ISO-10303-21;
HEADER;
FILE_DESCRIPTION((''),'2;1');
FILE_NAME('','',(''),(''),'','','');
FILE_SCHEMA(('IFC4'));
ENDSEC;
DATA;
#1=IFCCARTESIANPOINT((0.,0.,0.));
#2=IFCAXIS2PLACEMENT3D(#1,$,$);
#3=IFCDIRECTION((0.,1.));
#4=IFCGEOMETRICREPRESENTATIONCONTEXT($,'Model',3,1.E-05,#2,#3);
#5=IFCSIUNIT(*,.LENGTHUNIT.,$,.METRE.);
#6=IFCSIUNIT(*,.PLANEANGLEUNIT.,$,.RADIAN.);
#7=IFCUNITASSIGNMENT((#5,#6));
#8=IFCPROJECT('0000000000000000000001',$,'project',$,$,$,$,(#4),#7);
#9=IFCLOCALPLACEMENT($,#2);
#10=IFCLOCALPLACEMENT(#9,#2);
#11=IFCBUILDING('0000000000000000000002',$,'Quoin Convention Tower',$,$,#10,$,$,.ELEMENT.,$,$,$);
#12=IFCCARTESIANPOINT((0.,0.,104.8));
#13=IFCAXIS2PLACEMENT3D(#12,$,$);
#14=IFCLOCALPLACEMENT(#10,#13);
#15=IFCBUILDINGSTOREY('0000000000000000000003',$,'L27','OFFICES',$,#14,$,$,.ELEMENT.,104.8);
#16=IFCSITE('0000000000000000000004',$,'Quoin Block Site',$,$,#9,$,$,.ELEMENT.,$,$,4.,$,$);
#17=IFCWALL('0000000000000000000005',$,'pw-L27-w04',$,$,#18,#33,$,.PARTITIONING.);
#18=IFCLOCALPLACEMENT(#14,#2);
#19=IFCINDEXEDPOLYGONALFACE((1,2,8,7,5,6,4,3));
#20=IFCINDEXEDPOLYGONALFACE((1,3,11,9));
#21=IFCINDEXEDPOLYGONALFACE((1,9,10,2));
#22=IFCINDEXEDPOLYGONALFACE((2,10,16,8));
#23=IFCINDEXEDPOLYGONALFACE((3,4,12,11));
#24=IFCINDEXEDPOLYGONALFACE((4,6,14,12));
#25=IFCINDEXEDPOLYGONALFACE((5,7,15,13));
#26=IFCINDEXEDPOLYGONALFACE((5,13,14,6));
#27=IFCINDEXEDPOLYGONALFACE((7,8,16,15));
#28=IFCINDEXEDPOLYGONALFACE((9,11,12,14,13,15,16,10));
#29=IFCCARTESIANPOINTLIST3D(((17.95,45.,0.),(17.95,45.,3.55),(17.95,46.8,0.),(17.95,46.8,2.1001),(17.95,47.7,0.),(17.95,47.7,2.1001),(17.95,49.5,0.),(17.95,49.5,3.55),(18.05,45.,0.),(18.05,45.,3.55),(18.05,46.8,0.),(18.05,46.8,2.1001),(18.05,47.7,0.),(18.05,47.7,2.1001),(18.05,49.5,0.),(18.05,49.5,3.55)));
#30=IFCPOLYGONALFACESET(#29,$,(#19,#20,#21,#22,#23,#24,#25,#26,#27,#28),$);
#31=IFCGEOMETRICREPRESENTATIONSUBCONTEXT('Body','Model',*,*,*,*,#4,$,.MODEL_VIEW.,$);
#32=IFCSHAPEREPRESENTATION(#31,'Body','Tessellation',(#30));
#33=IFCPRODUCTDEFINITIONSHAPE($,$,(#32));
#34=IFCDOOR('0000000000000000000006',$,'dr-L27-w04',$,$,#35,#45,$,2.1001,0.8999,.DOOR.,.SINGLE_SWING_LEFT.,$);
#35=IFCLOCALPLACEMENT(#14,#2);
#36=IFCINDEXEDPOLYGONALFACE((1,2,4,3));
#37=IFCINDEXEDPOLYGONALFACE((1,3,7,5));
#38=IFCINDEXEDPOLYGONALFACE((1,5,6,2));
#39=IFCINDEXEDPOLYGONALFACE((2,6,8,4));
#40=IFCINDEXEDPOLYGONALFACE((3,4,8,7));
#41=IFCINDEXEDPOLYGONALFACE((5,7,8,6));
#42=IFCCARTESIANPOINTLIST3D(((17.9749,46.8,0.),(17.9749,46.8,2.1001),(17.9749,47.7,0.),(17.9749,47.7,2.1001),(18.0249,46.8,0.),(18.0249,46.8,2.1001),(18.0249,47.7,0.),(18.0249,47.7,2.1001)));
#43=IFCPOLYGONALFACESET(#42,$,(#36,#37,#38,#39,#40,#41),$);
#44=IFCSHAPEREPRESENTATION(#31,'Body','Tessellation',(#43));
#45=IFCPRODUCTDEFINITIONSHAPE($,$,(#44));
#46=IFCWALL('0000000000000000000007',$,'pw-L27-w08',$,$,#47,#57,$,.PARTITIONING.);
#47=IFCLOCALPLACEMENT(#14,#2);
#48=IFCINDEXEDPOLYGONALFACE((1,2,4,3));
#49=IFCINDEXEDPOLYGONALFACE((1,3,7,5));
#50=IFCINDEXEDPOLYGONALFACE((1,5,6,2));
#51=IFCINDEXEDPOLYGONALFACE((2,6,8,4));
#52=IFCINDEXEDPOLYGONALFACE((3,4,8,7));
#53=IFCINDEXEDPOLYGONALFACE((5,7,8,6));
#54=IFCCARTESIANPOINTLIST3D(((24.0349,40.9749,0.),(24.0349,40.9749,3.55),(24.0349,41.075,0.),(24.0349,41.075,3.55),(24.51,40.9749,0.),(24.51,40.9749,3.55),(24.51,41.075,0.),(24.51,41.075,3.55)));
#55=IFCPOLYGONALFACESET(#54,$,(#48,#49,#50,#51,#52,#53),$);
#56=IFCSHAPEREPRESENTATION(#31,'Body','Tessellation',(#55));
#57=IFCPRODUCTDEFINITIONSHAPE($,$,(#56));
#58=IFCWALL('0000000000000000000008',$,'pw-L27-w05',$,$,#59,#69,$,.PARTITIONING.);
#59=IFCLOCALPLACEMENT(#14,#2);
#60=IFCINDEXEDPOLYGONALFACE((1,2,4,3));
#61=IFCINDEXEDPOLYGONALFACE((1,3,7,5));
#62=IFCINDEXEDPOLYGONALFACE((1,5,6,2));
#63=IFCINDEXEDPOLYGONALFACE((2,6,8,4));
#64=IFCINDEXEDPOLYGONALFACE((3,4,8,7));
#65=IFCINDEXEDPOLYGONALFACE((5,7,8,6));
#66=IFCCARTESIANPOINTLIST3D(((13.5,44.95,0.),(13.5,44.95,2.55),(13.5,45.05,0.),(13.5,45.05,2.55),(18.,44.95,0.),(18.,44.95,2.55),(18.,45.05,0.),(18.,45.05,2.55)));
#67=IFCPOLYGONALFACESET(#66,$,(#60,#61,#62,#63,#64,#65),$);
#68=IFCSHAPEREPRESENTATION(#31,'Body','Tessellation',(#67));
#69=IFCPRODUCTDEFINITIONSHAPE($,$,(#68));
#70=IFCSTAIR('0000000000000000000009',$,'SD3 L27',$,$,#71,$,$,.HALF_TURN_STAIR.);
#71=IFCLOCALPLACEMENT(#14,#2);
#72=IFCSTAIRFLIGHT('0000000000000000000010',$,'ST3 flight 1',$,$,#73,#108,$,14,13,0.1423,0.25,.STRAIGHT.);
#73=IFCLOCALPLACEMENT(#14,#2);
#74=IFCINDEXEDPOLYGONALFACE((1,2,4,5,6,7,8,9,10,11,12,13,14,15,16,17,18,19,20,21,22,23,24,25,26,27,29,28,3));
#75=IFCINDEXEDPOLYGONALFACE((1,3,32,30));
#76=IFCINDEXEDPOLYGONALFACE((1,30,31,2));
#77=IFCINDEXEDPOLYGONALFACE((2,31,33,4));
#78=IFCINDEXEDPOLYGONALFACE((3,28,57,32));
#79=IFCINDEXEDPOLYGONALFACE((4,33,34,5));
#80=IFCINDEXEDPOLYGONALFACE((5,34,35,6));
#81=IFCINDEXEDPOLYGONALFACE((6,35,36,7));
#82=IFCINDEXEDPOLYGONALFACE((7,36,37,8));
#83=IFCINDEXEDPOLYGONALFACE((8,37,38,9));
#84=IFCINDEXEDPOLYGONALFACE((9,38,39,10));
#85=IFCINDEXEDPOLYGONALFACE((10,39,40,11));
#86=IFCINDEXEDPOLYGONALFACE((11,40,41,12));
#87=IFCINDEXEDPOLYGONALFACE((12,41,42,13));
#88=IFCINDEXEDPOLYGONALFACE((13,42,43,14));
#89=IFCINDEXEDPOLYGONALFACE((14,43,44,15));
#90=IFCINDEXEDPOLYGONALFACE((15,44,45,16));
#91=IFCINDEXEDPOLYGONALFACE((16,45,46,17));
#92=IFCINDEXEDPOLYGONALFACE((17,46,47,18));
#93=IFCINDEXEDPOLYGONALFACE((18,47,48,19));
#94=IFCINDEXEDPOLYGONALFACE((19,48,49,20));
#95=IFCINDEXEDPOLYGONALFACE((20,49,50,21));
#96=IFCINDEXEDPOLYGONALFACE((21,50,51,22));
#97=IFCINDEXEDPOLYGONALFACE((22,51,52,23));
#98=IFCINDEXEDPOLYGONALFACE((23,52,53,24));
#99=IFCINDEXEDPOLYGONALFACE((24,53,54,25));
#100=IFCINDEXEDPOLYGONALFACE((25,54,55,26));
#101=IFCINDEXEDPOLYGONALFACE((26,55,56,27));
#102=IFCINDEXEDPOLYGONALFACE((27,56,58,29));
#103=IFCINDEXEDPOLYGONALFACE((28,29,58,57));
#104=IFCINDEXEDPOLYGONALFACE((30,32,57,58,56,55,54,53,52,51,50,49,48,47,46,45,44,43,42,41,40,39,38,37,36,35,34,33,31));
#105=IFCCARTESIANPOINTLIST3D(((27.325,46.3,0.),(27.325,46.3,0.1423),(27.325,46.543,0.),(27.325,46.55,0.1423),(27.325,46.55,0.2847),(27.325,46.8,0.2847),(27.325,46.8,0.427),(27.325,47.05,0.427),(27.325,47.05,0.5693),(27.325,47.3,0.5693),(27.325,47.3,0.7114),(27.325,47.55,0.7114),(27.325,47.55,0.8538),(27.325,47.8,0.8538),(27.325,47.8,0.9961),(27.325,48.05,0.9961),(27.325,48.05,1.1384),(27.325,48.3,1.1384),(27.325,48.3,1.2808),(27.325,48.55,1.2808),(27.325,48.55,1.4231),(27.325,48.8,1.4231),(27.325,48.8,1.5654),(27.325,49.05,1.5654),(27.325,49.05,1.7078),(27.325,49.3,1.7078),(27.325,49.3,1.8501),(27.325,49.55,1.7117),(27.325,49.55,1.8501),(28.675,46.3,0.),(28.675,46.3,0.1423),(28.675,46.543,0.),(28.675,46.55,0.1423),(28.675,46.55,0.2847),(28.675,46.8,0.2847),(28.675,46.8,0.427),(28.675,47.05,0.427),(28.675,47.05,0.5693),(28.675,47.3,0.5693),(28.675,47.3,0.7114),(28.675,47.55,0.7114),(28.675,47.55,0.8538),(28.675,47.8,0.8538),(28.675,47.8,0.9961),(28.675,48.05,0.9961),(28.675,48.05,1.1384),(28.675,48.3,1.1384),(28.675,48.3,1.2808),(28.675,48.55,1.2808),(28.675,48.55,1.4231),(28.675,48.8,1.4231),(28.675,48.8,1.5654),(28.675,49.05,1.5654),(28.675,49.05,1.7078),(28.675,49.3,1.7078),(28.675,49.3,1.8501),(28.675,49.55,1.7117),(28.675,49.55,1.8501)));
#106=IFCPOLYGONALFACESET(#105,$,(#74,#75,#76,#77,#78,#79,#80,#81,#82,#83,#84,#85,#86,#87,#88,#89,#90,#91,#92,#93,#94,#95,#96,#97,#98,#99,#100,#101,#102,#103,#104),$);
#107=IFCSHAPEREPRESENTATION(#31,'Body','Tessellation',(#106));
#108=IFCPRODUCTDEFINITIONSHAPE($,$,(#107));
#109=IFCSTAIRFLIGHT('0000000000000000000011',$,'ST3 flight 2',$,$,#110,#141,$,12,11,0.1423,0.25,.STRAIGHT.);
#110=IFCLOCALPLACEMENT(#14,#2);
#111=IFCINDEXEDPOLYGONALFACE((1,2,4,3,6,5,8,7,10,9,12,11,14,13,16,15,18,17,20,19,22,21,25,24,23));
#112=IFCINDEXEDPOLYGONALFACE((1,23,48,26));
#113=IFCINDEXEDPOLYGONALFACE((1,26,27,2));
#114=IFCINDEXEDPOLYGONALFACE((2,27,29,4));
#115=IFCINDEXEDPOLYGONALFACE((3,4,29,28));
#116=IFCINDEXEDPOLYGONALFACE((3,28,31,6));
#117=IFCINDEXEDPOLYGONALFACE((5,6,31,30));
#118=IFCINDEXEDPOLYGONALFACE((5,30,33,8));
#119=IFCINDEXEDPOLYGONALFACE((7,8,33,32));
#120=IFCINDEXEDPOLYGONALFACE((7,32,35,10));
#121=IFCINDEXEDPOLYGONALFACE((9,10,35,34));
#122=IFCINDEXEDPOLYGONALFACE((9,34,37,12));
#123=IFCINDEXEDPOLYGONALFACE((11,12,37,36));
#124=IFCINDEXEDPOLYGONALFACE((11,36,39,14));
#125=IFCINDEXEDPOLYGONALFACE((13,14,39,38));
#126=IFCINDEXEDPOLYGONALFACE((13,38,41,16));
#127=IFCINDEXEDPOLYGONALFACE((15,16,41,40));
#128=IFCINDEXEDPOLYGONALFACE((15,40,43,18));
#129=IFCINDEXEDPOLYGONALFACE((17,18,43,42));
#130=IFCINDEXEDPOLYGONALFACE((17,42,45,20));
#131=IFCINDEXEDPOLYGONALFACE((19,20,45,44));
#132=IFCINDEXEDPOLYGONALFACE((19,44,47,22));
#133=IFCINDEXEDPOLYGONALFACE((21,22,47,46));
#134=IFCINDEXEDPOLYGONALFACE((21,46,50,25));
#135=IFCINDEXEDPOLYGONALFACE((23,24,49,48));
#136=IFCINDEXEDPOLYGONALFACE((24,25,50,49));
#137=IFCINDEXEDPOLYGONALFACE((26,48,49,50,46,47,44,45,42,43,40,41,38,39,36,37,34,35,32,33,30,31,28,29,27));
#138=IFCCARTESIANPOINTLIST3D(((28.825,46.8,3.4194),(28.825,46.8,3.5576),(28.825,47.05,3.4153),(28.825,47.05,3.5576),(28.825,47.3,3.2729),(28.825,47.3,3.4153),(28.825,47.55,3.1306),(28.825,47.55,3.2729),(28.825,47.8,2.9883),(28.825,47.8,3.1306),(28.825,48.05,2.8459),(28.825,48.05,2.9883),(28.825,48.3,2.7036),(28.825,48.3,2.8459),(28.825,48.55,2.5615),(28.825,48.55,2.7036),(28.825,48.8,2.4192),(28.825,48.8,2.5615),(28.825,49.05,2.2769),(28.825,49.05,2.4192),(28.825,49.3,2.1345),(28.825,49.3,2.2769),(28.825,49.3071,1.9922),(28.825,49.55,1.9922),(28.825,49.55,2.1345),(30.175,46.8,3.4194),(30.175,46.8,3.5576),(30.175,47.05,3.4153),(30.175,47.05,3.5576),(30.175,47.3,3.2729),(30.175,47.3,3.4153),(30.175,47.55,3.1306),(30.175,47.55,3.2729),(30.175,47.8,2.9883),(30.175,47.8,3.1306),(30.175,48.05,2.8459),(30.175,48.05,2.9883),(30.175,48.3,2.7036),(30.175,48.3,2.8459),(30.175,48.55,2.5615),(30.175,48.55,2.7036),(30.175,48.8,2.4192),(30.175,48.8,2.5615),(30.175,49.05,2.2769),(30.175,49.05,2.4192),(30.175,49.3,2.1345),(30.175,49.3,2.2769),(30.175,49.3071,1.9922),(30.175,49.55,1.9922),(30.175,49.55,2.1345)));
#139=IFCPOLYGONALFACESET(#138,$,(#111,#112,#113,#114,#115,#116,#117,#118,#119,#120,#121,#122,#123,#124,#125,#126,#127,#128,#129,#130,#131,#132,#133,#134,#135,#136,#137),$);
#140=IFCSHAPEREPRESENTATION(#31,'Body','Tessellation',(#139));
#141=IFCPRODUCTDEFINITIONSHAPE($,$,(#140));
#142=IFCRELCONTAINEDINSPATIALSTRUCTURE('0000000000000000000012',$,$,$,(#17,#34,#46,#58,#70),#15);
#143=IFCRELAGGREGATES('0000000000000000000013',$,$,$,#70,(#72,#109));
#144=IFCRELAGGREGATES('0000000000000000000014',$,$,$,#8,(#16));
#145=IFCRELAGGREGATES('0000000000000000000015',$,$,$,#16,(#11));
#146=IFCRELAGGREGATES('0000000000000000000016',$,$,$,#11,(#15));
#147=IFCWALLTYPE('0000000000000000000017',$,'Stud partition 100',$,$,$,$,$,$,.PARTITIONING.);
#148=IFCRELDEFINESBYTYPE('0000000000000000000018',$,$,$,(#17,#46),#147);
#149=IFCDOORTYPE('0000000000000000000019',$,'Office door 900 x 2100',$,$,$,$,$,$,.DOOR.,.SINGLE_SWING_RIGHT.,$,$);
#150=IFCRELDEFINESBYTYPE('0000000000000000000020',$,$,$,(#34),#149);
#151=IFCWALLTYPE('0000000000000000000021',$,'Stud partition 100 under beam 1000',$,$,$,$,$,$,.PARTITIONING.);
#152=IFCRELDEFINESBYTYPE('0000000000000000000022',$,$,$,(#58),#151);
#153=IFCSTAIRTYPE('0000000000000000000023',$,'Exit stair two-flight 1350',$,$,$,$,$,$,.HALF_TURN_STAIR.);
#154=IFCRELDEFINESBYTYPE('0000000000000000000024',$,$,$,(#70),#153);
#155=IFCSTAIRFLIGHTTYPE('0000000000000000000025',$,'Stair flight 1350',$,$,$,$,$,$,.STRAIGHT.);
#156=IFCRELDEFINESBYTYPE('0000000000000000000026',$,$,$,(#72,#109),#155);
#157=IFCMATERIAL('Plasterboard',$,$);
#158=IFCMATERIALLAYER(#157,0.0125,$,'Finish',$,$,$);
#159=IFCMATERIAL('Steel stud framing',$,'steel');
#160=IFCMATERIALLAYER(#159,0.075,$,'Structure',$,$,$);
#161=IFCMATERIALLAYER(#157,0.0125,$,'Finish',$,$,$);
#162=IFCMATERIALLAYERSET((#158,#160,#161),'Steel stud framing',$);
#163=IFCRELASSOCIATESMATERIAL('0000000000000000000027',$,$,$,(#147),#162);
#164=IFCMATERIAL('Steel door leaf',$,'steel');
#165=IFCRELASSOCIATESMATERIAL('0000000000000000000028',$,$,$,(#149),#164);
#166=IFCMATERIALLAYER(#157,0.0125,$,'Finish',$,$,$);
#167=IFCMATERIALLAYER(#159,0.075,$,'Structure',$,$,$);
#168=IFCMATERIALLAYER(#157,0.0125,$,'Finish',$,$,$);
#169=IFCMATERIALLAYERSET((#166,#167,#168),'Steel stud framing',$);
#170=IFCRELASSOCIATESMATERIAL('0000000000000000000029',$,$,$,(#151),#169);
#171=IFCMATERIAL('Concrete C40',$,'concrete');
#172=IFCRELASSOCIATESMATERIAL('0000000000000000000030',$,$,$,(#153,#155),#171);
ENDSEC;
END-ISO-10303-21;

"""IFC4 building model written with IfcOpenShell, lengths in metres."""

from ifc_helpers import new_model, si_unit, direction, frame, frame_2d, origin, place, context, subcontext, project, spatial, polyline, rectangle, outline, extrude, material, layer, layer_set, type_object, element, fill, aggregate, save


model = new_model("IFC4")

# Units and contexts
model_context = context("Model", 3, precision=1e-05, world=origin(), true_north=direction((0.0, 1.0)))
body_context = subcontext(model_context, "Body", "Model", "MODEL_VIEW")
ifc_project = project(units=[si_unit("LENGTHUNIT", "METRE"), si_unit("PLANEANGLEUNIT", "RADIAN")], contexts=[model_context])

# Site, building, storey
site_placement = place(None, origin())
site = spatial("IfcSite", under=ifc_project, at=site_placement, Name="Quoin Block Site", CompositionType="ELEMENT", RefElevation=4.0)
building_placement = place(site_placement, origin())
building = spatial("IfcBuilding", under=site, at=building_placement, Name="Quoin Convention Tower", CompositionType="ELEMENT")
storey_placement = place(building_placement, frame((0.0, 0.0, 104.8)))
storey = spatial("IfcBuildingStorey", under=building, at=storey_placement, Name="L27", Description="OFFICES", CompositionType="ELEMENT", Elevation=104.8)

# Shared definitions
ifc_material_1 = material(Name="Steel door leaf", Category="steel")

# Wall, opening, door
ifc_material_2 = material(Name="Plasterboard")
ifc_layer_1 = layer(ifc_material_2, 0.0125, Name="Finish")
ifc_material_3 = material(Name="Steel stud framing", Category="steel")
ifc_layer_2 = layer(ifc_material_3, 0.075, Name="Structure")
ifc_layer_3 = layer(ifc_material_2, 0.0125, Name="Finish")
ifc_layer_set_1 = layer_set([ifc_layer_1, ifc_layer_2, ifc_layer_3], Name="Steel stud framing")
wall_type_1 = type_object("IfcWallType", Name="Stud partition 100", PredefinedType="PARTITIONING", material=ifc_layer_set_1)
wall_1_placement = place(storey_placement, frame((18.0, 49.5, 0.0), z_axis=(0.0, 0.0, 1.0), x_axis=(0.0, -1.0, 0.0)))
wall_1 = element("IfcWall", 1, at=wall_1_placement, inside=storey, type_object=wall_type_1, Name="pw-L27-w04", PredefinedType="PARTITIONING", context=body_context, shape_type="SweptSolid", body=[
    extrude(rectangle(XDim=4.5, YDim=0.1001, at=frame_2d((2.25, 0.0))), origin(), (0.0, 0.0, 1.0), 3.55),
])
opening_1_placement = place(wall_1_placement, frame((1.8, 0.0, 0.0)))
opening_1 = element("IfcOpeningElement", 2, at=opening_1_placement, cuts=wall_1, PredefinedType="OPENING", context=body_context, shape_type="SweptSolid", body=[
    extrude(rectangle(XDim=0.8999, YDim=2.1001, at=frame_2d((0.45, 1.05))), frame((0.0, 0.0601, 0.0), z_axis=(0.0, -1.0, 0.0), x_axis=(1.0, 0.0, 0.0)), (0.0, 0.0, 1.0), 0.1201),
])
door_type_1 = type_object("IfcDoorType", Name="Office door 900 x 2100", OperationType="SINGLE_SWING_RIGHT", PredefinedType="DOOR", material=ifc_material_1)
door_1_placement = place(opening_1_placement, origin())
door_1 = element("IfcDoor", 3, at=door_1_placement, inside=storey, type_object=door_type_1, Name="dr-L27-w04", OperationType="SINGLE_SWING_LEFT", OverallHeight=2.1001, OverallWidth=0.8999, PredefinedType="DOOR", context=body_context, shape_type="SweptSolid", body=[
    extrude(rectangle(XDim=0.8999, YDim=2.1001, at=frame_2d((0.45, 1.05))), frame((0.0, 0.0249, 0.0), z_axis=(0.0, -1.0, 0.0), x_axis=(1.0, 0.0, 0.0)), (0.0, 0.0, 1.0), 0.05),
])
fill(opening_1, door_1)

# Walls
wall_2_placement = place(storey_placement, frame((24.51, 41.0249, 0.0), z_axis=(0.0, 0.0, 1.0), x_axis=(-1.0, 0.0, 0.0)))
element("IfcWall", 4, at=wall_2_placement, inside=storey, type_object=wall_type_1, Name="pw-L27-w08", PredefinedType="PARTITIONING", context=body_context, shape_type="SweptSolid", body=[
    extrude(rectangle(XDim=0.4751, YDim=0.1001, at=frame_2d((0.2375, 0.0))), origin(), (0.0, 0.0, 1.0), 3.55),
])
ifc_layer_4 = layer(ifc_material_2, 0.0125, Name="Finish")
ifc_layer_5 = layer(ifc_material_3, 0.075, Name="Structure")
ifc_layer_6 = layer(ifc_material_2, 0.0125, Name="Finish")
ifc_layer_set_2 = layer_set([ifc_layer_4, ifc_layer_5, ifc_layer_6], Name="Steel stud framing")
wall_type_2 = type_object("IfcWallType", Name="Stud partition 100 under beam 1000", PredefinedType="PARTITIONING", material=ifc_layer_set_2)
wall_3_placement = place(storey_placement, frame((18.0, 45.0, 0.0), z_axis=(0.0, 0.0, 1.0), x_axis=(-1.0, 0.0, 0.0)))
element("IfcWall", 5, at=wall_3_placement, inside=storey, type_object=wall_type_2, Name="pw-L27-w05", PredefinedType="PARTITIONING", context=body_context, shape_type="SweptSolid", body=[
    extrude(rectangle(XDim=4.5, YDim=0.1001, at=frame_2d((2.25, 0.0))), origin(), (0.0, 0.0, 1.0), 2.55),
])

# Stair, stair flights
ifc_material_4 = material(Name="Concrete C40", Category="concrete")
stair_type = type_object("IfcStairType", Name="Exit stair two-flight 1350", PredefinedType="HALF_TURN_STAIR", material=ifc_material_4)
stair_placement = place(storey_placement, origin())
stair = element("IfcStair", 6, at=stair_placement, inside=storey, type_object=stair_type, Name="SD3 L27", PredefinedType="HALF_TURN_STAIR")
stair_flight_type = type_object("IfcStairFlightType", Name="Stair flight 1350", PredefinedType="STRAIGHT", material=ifc_material_4)
stair_flight_1_placement = place(storey_placement, frame((28.0, 46.3, 0.0), z_axis=(0.0, 0.0, 1.0), x_axis=(0.0, 1.0, 0.0)))
stair_flight_1 = element("IfcStairFlight", 7, at=stair_flight_1_placement, type_object=stair_flight_type, Name="ST3 flight 1", NumberOfRisers=14, NumberOfTreads=13, PredefinedType="STRAIGHT", RiserHeight=0.1423, TreadLength=0.25, context=body_context, shape_type="SweptSolid", body=[
    extrude(outline(polyline([(0.0, 0.0), (0.0, 0.1423), (0.25, 0.1423), (0.25, 0.2847), (0.5, 0.2847), (0.5, 0.427), (0.75, 0.427), (0.75, 0.5693), (1.0, 0.5693), (1.0, 0.7114), (1.25, 0.7114), (1.25, 0.8538), (1.5, 0.8538), (1.5, 0.9961), (1.75, 0.9961), (1.75, 1.1384), (2.0, 1.1384), (2.0, 1.2808), (2.25, 1.2808), (2.25, 1.4231), (2.5, 1.4231), (2.5, 1.5654), (2.75, 1.5654), (2.75, 1.7078), (3.0, 1.7078), (3.0, 1.8501), (3.25, 1.8501), (3.25, 1.9922), (3.25, 1.7117), (0.2429, 0.0), (0.0, 0.0)])), frame((0.0, 0.675, 0.0), z_axis=(0.0, -1.0, 0.0), x_axis=(1.0, 0.0, 0.0)), (0.0, 0.0, 1.0), 1.3501),
])
stair_flight_2_placement = place(storey_placement, frame((29.5, 49.55, 1.9922), z_axis=(0.0, 0.0, 1.0), x_axis=(0.0, -1.0, 0.0)))
stair_flight_2 = element("IfcStairFlight", 8, at=stair_flight_2_placement, type_object=stair_flight_type, Name="ST3 flight 2", NumberOfRisers=12, NumberOfTreads=11, PredefinedType="STRAIGHT", RiserHeight=0.1423, TreadLength=0.25, context=body_context, shape_type="SweptSolid", body=[
    extrude(outline(polyline([(0.0, 0.0), (0.0, 0.1423), (0.25, 0.1423), (0.25, 0.2847), (0.5, 0.2847), (0.5, 0.427), (0.75, 0.427), (0.75, 0.5693), (1.0, 0.5693), (1.0, 0.7114), (1.25, 0.7114), (1.25, 0.8538), (1.5, 0.8538), (1.5, 0.9961), (1.75, 0.9961), (1.75, 1.1384), (2.0, 1.1384), (2.0, 1.2808), (2.25, 1.2808), (2.25, 1.4231), (2.5, 1.4231), (2.5, 1.5654), (2.75, 1.5654), (2.75, 1.7078), (2.75, 1.4272), (0.2429, 0.0), (0.0, 0.0)])), frame((0.0, 0.675, 0.0), z_axis=(0.0, -1.0, 0.0), x_axis=(1.0, 0.0, 0.0)), (0.0, 0.0, 1.0), 1.3501),
])
aggregate(stair, [stair_flight_1, stair_flight_2])

save(model, "model.ifc")
